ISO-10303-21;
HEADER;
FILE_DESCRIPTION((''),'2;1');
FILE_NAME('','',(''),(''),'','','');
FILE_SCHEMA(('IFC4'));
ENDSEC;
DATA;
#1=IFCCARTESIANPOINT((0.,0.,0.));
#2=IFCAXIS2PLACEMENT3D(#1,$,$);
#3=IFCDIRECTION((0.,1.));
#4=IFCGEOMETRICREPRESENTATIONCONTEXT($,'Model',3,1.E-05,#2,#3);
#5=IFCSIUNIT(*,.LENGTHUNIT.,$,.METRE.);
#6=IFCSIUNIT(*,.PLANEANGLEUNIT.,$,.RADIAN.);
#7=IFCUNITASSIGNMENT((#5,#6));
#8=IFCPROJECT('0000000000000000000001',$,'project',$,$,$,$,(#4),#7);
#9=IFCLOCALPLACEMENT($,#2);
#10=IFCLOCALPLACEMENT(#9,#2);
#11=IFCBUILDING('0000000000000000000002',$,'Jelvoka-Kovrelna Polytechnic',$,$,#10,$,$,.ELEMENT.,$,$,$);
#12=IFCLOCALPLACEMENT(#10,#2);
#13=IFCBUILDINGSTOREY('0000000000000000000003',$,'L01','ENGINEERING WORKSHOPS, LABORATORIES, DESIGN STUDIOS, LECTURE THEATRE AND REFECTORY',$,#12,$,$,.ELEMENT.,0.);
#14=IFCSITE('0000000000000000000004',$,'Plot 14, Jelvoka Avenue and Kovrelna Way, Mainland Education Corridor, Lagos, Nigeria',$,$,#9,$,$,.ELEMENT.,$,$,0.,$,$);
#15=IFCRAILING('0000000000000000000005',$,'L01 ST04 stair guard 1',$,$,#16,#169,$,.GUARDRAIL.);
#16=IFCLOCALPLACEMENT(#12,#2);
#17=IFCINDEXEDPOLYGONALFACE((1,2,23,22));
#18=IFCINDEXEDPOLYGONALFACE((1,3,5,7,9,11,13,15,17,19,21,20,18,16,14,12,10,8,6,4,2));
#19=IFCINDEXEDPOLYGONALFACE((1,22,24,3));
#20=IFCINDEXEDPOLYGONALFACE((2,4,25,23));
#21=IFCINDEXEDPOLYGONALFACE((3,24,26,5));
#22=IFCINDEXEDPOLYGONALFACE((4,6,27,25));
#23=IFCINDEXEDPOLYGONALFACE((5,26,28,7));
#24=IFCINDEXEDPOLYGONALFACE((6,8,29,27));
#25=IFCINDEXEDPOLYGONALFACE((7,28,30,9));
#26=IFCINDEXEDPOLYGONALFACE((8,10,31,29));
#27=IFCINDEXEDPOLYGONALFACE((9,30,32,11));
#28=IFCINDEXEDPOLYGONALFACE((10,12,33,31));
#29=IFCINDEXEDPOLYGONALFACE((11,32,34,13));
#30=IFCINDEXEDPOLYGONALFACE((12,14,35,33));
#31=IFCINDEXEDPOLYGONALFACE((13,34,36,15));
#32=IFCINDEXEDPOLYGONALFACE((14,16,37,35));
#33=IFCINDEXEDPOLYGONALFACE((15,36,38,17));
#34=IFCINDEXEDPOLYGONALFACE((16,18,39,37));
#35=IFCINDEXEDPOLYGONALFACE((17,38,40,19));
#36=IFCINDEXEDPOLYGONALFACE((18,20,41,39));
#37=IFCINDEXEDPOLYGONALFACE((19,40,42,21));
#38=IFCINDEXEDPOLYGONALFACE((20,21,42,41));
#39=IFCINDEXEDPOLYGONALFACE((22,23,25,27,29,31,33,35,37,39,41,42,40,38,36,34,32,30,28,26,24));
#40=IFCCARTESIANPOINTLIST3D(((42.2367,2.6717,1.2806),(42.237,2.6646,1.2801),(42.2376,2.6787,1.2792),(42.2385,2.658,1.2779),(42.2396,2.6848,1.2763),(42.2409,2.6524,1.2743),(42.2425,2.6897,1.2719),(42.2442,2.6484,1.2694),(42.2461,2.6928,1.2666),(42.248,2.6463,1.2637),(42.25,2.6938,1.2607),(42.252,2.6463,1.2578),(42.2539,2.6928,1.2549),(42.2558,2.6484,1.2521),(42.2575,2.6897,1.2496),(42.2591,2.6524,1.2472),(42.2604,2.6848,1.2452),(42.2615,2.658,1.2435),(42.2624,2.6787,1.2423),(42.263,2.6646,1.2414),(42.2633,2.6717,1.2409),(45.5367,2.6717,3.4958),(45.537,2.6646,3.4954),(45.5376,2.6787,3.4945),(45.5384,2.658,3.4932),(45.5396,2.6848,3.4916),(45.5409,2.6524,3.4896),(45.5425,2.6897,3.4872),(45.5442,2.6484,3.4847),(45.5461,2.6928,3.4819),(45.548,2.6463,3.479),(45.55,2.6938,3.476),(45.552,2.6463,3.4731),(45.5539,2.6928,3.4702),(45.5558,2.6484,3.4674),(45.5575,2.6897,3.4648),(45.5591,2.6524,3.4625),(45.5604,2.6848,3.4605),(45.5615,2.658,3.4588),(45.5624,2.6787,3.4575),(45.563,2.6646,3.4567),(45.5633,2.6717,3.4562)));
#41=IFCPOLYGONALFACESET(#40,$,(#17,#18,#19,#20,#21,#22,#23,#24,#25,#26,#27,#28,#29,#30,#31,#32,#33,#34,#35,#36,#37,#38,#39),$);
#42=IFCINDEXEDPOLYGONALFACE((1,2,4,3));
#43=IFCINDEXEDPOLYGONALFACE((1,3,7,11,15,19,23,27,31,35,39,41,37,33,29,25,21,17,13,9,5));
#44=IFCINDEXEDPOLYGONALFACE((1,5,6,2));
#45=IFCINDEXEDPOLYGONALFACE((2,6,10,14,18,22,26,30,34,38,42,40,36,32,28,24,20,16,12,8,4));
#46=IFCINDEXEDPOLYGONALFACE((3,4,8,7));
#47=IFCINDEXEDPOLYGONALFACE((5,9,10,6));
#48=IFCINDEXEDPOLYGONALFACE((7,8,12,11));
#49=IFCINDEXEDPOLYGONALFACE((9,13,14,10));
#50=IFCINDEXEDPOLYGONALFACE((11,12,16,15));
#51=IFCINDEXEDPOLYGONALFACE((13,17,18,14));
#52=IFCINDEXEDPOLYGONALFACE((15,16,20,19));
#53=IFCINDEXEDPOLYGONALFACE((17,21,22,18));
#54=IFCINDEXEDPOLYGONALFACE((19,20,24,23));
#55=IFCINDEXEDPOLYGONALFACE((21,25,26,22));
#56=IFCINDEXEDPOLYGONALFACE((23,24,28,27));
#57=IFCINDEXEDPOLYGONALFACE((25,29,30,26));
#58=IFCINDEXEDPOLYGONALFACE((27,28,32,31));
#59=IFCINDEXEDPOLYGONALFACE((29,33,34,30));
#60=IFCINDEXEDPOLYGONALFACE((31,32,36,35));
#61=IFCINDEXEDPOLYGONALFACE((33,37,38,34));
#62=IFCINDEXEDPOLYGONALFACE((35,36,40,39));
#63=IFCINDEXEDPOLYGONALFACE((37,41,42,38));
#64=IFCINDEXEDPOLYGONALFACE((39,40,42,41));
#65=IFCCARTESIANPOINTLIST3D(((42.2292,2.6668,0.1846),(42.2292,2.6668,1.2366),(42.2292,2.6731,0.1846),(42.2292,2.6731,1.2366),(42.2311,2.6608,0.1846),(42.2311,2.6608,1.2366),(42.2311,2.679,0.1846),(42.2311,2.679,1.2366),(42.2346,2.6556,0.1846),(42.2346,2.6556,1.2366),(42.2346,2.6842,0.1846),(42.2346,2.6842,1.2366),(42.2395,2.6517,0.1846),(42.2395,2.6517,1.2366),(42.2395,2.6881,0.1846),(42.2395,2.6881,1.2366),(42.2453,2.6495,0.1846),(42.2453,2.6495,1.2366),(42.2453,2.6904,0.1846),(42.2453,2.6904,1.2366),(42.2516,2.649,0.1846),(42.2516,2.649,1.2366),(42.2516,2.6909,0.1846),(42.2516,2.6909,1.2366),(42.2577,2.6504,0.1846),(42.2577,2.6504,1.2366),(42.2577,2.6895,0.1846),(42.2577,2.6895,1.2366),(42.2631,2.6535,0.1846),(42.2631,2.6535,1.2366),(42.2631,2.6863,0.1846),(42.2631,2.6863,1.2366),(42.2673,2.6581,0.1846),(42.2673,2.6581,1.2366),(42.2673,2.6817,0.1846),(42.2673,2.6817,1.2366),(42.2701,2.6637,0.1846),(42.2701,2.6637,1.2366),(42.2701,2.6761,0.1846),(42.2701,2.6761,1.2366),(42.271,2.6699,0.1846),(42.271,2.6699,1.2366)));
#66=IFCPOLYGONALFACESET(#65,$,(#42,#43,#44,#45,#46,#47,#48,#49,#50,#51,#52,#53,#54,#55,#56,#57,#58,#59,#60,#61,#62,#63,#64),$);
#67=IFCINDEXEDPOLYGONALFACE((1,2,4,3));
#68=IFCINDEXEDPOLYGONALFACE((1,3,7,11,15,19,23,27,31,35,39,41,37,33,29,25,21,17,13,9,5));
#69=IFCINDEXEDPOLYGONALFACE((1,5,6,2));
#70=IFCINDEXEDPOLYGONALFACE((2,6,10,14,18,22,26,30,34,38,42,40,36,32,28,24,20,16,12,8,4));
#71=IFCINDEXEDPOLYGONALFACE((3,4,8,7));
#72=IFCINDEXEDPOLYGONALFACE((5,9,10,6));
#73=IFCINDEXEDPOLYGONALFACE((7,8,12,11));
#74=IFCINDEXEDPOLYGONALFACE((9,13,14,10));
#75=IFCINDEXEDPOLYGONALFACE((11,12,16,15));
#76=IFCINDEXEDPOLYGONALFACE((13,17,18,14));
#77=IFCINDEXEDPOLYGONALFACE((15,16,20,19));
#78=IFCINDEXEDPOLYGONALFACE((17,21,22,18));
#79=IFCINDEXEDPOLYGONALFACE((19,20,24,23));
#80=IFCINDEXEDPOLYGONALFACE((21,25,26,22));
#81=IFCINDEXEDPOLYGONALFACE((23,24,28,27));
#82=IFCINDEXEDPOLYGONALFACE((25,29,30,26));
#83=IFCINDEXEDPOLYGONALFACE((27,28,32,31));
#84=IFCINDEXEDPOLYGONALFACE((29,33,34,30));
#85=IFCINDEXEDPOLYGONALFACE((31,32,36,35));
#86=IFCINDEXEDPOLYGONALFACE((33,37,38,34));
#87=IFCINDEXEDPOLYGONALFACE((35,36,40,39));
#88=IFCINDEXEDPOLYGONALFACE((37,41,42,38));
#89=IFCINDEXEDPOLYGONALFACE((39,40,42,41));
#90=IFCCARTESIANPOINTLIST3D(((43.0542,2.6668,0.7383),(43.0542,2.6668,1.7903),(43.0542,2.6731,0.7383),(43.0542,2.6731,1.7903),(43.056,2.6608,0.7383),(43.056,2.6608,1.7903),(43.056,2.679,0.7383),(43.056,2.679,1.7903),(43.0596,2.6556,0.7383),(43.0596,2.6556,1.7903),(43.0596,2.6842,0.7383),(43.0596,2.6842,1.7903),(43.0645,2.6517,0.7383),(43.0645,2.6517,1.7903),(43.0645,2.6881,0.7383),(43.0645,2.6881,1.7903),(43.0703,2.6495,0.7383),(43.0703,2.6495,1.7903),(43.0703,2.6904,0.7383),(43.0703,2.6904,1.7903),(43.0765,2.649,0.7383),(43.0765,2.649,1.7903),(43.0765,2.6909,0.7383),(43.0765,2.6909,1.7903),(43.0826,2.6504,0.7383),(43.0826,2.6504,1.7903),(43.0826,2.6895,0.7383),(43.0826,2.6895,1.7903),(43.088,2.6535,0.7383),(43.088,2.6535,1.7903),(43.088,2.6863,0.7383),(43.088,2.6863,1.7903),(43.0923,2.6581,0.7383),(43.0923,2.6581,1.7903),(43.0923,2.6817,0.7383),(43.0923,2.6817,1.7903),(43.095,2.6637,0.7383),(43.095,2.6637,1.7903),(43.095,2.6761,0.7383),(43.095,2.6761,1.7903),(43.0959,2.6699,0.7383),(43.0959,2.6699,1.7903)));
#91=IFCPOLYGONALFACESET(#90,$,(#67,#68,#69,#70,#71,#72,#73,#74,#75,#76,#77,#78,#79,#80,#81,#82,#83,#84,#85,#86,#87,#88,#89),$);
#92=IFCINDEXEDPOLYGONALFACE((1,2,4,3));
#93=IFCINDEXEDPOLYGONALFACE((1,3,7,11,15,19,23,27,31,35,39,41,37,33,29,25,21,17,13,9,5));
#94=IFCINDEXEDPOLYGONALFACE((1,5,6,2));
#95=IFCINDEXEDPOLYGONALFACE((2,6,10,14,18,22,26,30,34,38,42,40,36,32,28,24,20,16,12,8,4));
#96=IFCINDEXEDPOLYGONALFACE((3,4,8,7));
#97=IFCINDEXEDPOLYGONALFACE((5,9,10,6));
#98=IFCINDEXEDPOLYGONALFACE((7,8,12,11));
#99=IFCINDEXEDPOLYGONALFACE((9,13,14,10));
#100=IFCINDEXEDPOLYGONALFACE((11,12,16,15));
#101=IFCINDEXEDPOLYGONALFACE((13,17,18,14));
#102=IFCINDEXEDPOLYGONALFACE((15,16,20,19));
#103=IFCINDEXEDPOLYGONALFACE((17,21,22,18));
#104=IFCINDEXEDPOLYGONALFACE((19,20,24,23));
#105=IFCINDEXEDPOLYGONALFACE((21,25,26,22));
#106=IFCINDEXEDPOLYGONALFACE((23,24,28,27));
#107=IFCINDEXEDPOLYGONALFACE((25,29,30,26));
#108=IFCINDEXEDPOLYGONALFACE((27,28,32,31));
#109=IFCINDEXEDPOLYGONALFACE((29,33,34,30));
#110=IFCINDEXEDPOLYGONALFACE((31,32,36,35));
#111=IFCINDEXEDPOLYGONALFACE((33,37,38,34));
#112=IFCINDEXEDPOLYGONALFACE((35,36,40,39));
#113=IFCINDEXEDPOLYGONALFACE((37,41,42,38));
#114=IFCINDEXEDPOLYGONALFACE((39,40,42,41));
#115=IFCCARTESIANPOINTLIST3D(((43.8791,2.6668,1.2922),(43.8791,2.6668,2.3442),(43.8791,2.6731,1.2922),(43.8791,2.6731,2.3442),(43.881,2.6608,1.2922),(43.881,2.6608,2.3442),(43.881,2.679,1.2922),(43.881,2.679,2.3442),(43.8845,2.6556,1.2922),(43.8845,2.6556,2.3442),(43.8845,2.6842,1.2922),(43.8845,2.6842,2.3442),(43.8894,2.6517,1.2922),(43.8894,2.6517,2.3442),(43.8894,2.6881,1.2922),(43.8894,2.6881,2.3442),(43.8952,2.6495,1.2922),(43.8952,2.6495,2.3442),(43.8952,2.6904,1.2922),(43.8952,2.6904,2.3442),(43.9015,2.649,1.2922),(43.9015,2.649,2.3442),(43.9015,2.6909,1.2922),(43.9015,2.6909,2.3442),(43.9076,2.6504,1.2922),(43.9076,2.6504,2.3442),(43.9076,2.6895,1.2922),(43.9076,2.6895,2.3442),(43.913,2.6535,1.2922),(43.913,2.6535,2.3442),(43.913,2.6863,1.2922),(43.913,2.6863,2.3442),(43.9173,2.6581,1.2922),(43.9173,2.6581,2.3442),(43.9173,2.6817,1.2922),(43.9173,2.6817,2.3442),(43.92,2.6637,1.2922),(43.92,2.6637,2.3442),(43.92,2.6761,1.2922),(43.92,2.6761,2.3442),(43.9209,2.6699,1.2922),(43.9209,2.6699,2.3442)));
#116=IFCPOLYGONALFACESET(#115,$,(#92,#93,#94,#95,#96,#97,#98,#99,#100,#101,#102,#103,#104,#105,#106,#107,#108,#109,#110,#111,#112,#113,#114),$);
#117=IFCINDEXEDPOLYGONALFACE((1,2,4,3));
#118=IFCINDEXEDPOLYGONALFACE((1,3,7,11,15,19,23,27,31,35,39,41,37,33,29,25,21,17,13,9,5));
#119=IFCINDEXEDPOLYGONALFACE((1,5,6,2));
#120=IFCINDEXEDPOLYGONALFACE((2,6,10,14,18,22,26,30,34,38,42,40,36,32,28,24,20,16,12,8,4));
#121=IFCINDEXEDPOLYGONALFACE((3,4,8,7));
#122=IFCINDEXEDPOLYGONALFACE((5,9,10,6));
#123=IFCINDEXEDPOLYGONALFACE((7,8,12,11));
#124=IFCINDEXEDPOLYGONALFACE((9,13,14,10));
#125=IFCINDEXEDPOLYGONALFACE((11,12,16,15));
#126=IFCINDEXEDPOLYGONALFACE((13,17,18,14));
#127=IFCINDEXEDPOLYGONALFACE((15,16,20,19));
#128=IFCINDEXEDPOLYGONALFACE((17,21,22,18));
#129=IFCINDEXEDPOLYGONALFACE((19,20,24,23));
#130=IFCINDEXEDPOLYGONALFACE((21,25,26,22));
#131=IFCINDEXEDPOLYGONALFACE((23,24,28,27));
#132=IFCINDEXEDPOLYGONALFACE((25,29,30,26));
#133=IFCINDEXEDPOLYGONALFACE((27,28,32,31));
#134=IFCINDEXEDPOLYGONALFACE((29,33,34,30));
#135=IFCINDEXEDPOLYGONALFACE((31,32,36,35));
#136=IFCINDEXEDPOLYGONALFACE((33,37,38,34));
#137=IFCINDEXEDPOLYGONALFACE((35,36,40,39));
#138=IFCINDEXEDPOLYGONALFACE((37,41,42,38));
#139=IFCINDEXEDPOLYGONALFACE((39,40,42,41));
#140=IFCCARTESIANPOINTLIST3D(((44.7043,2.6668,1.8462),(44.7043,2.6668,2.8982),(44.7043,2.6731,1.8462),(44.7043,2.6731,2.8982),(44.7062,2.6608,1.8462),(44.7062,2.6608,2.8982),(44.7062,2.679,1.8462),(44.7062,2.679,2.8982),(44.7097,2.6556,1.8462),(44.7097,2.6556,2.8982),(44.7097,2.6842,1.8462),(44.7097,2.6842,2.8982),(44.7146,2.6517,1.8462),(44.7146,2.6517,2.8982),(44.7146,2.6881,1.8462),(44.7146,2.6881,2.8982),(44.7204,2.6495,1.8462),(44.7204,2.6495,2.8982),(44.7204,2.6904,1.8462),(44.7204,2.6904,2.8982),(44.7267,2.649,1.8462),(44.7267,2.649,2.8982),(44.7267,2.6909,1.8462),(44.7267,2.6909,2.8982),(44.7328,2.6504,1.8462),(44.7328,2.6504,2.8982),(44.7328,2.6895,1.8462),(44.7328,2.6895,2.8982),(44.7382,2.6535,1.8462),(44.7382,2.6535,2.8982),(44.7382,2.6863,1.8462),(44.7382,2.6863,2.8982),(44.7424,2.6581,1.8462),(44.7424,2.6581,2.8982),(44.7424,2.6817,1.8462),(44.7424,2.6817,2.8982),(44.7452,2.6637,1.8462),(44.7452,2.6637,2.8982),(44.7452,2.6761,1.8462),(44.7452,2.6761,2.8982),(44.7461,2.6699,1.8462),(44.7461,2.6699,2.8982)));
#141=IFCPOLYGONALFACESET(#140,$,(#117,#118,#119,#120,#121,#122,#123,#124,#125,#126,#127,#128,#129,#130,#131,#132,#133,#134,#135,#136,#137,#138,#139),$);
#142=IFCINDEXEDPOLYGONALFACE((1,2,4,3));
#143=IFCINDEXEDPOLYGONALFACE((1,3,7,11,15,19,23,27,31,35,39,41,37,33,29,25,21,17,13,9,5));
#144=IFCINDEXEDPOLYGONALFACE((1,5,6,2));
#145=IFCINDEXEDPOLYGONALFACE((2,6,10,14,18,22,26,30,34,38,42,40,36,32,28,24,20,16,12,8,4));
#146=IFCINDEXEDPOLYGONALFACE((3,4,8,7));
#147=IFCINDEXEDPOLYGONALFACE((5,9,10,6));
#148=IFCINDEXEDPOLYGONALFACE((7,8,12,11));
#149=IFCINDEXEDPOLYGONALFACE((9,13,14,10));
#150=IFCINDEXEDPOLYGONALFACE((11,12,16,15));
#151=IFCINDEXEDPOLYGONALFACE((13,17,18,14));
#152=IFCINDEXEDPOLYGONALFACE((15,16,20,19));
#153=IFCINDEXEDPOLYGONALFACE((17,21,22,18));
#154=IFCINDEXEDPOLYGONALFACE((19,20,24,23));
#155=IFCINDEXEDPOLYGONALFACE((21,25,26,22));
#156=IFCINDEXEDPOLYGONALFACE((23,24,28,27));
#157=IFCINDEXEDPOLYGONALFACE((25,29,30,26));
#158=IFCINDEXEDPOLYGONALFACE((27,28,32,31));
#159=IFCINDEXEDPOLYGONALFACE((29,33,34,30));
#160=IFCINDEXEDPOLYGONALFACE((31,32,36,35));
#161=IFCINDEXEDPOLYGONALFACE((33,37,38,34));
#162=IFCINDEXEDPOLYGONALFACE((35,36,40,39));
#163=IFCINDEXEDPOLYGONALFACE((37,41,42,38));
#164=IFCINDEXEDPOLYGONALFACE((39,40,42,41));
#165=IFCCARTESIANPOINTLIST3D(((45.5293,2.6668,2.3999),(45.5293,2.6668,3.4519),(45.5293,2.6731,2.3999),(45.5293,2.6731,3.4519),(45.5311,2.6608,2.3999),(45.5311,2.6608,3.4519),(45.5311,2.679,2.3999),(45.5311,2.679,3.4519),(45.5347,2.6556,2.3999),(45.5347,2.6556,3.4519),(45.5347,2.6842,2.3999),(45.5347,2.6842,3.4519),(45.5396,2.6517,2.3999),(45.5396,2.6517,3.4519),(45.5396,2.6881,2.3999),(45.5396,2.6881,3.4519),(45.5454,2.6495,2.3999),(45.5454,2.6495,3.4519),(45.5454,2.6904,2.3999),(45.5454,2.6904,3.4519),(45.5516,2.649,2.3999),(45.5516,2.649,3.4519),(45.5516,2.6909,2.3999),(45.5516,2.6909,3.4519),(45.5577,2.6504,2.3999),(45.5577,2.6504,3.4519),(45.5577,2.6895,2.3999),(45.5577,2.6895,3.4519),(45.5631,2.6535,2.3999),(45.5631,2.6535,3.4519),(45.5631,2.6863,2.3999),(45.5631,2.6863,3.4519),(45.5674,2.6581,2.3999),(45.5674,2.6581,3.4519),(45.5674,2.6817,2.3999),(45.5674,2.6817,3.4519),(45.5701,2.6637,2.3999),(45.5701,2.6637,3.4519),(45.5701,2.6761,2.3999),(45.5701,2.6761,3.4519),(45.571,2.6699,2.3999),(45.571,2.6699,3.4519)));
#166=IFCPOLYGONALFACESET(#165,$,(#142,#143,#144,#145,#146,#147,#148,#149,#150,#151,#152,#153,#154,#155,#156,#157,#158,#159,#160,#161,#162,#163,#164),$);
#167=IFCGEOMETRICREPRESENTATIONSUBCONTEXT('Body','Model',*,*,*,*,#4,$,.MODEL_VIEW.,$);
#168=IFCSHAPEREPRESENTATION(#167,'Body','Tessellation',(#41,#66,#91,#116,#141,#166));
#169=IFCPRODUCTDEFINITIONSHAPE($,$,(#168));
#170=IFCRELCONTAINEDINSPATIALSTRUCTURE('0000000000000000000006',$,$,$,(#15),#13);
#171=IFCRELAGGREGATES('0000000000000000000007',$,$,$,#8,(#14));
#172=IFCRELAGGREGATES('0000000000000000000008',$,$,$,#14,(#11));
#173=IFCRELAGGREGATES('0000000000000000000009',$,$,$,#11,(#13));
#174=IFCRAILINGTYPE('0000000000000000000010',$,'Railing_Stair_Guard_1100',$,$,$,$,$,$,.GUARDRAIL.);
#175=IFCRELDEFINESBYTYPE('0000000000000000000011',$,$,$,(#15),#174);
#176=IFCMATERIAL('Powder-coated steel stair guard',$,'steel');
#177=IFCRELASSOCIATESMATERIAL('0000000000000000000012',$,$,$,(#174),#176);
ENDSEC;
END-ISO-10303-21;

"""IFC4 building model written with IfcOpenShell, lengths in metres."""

from ifc_helpers import new_model, si_unit, direction, frame, origin, origin_2d, place, context, subcontext, project, spatial, circle, extrude, material, type_object, element, save


model = new_model("IFC4")

# Units and contexts
model_context = context("Model", 3, precision=1e-05, world=origin(), true_north=direction((0.0, 1.0)))
body_context = subcontext(model_context, "Body", "Model", "MODEL_VIEW")
ifc_project = project(units=[si_unit("LENGTHUNIT", "METRE"), si_unit("PLANEANGLEUNIT", "RADIAN")], contexts=[model_context])

# Site, building, storey
site_placement = place(None, origin())
site = spatial("IfcSite", under=ifc_project, at=site_placement, Name="Plot 14, Jelvoka Avenue and Kovrelna Way, Mainland Education Corridor, Lagos, Nigeria", CompositionType="ELEMENT", RefElevation=0.0)
building_placement = place(site_placement, origin())
building = spatial("IfcBuilding", under=site, at=building_placement, Name="Jelvoka-Kovrelna Polytechnic", CompositionType="ELEMENT")
storey_placement = place(building_placement, origin())
storey = spatial("IfcBuildingStorey", under=building, at=storey_placement, Name="L01", Description="ENGINEERING WORKSHOPS, LABORATORIES, DESIGN STUDIOS, LECTURE THEATRE AND REFECTORY", CompositionType="ELEMENT", Elevation=0.0)

# Railing
ifc_material_1 = material(Name="Powder-coated steel stair guard", Category="steel")
railing_type_1 = type_object("IfcRailingType", Name="Railing_Stair_Guard_1100", PredefinedType="GUARDRAIL", material=ifc_material_1)
railing_1_placement = place(storey_placement, frame((42.25, 2.6699, 0.1846)))
element("IfcRailing", 1, at=railing_1_placement, inside=storey, type_object=railing_type_1, Name="L01 ST04 stair guard 1", PredefinedType="GUARDRAIL", context=body_context, shape_type="SweptSolid", body=[
    extrude(circle(Radius=0.0239, at=origin_2d()), frame((0.0, 0.0, 1.0762), z_axis=(0.830269, 0.0, 0.557362), x_axis=(0.0, 1.0, 0.0)), (0.0, 0.0, 1.0), 3.9746),
    extrude(circle(Radius=0.021, at=origin_2d()), origin(), (0.0, 0.0, 1.0), 1.052),
    extrude(circle(Radius=0.021, at=origin_2d()), frame((0.825, 0.0, 0.5537)), (0.0, 0.0, 1.0), 1.052),
    extrude(circle(Radius=0.021, at=origin_2d()), frame((1.6499, 0.0, 1.1077)), (0.0, 0.0, 1.0), 1.052),
    extrude(circle(Radius=0.021, at=origin_2d()), frame((2.4751, 0.0, 1.6616)), (0.0, 0.0, 1.0), 1.052),
    extrude(circle(Radius=0.021, at=origin_2d()), frame((3.3, 0.0, 2.2153)), (0.0, 0.0, 1.0), 1.052),
])

save(model, "model.ifc")
